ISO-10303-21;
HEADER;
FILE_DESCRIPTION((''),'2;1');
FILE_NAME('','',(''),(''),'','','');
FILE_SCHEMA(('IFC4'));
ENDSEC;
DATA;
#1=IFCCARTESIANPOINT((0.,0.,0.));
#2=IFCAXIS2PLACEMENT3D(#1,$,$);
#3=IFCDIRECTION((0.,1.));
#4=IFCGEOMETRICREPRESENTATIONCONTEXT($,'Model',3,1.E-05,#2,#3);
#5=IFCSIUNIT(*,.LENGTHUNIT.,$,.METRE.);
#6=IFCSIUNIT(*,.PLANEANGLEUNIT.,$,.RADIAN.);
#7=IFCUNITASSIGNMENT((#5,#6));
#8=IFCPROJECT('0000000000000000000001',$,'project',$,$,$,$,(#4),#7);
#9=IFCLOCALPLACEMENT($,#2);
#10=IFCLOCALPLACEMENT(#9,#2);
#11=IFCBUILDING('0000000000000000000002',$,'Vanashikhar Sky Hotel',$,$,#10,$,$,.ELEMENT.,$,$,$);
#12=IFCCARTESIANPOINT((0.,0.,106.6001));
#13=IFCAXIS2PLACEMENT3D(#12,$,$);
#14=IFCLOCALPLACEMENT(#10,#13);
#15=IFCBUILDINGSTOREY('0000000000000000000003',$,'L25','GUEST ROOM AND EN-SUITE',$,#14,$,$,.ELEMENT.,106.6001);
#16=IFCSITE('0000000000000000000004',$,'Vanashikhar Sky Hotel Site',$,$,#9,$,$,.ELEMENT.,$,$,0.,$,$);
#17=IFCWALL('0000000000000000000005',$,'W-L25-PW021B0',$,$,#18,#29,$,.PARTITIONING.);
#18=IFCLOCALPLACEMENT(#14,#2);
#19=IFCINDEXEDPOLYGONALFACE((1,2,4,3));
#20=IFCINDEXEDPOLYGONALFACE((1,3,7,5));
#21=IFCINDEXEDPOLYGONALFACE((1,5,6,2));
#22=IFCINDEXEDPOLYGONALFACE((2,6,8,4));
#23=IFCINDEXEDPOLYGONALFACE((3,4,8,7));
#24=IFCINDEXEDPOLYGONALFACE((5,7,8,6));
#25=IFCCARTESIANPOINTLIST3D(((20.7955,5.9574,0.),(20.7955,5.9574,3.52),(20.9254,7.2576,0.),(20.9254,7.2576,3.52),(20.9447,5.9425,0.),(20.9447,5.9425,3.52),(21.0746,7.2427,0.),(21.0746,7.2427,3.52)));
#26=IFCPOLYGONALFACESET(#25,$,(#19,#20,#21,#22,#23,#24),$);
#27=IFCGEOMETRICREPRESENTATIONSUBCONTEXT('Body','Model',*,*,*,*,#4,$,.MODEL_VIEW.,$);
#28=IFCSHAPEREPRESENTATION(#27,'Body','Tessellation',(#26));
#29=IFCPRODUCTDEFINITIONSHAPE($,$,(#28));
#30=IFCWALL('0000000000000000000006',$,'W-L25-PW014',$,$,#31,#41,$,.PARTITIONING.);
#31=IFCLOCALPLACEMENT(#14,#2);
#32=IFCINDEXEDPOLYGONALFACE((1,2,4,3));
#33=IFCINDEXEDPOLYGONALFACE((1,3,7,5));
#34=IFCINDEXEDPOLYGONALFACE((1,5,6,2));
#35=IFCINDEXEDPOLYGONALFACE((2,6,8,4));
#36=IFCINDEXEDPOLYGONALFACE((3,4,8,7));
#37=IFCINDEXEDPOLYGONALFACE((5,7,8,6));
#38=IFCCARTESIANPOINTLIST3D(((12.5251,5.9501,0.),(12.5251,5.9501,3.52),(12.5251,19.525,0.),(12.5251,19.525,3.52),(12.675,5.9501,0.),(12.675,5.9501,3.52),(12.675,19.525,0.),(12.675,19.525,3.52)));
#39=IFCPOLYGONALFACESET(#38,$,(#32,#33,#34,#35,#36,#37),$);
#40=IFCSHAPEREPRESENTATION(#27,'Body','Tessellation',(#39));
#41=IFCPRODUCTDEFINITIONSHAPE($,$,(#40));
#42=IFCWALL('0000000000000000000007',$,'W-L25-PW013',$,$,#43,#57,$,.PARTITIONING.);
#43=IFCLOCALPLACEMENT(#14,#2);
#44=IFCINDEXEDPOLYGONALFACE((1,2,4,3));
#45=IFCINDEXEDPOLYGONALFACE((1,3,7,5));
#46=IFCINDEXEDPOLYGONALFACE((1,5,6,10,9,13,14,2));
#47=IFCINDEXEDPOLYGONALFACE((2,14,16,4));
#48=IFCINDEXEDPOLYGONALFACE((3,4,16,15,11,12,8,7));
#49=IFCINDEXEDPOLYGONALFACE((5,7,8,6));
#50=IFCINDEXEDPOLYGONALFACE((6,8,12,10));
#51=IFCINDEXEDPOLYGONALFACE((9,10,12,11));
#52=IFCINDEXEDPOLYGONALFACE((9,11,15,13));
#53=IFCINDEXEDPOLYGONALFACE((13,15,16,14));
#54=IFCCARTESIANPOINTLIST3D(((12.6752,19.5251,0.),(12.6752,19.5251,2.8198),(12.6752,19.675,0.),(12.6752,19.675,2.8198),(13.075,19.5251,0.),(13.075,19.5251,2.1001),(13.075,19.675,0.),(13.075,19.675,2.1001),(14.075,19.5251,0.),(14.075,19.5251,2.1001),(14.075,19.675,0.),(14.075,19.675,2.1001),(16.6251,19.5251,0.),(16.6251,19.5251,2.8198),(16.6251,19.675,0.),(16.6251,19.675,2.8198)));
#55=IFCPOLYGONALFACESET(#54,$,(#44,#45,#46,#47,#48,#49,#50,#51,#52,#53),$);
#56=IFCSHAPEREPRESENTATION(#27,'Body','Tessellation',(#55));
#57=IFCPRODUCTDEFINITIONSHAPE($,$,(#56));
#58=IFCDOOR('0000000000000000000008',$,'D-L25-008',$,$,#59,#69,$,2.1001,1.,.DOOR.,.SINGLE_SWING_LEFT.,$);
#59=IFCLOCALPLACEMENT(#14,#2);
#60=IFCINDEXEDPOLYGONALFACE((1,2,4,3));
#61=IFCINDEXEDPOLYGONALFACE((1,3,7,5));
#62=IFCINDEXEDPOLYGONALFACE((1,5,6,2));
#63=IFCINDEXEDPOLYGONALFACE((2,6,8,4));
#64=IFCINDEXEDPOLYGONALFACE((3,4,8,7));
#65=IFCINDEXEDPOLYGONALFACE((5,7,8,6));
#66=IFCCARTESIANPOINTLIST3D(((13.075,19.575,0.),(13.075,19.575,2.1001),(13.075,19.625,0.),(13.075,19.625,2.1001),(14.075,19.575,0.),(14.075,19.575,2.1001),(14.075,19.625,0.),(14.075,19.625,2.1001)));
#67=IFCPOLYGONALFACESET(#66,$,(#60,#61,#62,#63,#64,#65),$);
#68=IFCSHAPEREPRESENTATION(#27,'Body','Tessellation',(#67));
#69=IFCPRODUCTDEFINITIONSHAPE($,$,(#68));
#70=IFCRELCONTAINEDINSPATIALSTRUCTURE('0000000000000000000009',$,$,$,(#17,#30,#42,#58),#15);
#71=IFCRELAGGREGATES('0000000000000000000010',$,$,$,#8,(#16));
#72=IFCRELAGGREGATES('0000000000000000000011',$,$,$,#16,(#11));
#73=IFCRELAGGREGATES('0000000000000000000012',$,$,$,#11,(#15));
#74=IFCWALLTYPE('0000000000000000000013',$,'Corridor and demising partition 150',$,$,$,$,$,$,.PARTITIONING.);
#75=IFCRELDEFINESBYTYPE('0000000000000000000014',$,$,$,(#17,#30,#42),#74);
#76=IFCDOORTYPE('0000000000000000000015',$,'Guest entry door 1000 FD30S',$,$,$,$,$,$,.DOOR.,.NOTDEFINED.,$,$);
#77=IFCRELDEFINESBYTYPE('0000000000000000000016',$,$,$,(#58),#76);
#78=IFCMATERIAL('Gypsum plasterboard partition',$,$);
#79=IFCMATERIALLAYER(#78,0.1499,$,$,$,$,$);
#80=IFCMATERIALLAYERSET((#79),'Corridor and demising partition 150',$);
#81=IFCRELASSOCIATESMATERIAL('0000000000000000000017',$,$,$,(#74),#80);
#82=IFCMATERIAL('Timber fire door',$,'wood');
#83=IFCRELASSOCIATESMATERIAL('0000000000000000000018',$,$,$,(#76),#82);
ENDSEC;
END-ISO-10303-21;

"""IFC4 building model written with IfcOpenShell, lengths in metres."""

from ifc_helpers import new_model, si_unit, direction, frame, frame_2d, origin, place, context, subcontext, project, spatial, rectangle, extrude, source, transform, mapped, material, layer, layer_set, type_object, element, fill, save


model = new_model("IFC4")

# Units and contexts
model_context = context("Model", 3, precision=1e-05, world=origin(), true_north=direction((0.0, 1.0)))
body_context = subcontext(model_context, "Body", "Model", "MODEL_VIEW")
ifc_project = project(units=[si_unit("LENGTHUNIT", "METRE"), si_unit("PLANEANGLEUNIT", "RADIAN")], contexts=[model_context])

# Site, building, storey
site_placement = place(None, origin())
site = spatial("IfcSite", under=ifc_project, at=site_placement, Name="Vanashikhar Sky Hotel Site", CompositionType="ELEMENT", RefElevation=0.0)
building_placement = place(site_placement, origin())
building = spatial("IfcBuilding", under=site, at=building_placement, Name="Vanashikhar Sky Hotel", CompositionType="ELEMENT")
storey_placement = place(building_placement, frame((0.0, 0.0, 106.6001)))
storey = spatial("IfcBuildingStorey", under=building, at=storey_placement, Name="L25", Description="GUEST ROOM AND EN-SUITE", CompositionType="ELEMENT", Elevation=106.6001)

# Shared definitions
ifc_material_1 = material(Name="Gypsum plasterboard partition")

# Walls
ifc_layer_1 = layer(ifc_material_1, 0.1499)
ifc_layer_set_1 = layer_set([ifc_layer_1], Name="Corridor and demising partition 150")
wall_type_1 = type_object("IfcWallType", Name="Corridor and demising partition 150", PredefinedType="PARTITIONING", material=ifc_layer_set_1)
shared_shape_1 = source(origin(), body_context, "Body", "SweptSolid", [
    extrude(rectangle(XDim=1.3066, YDim=0.1499, at=frame_2d((0.6533, 0.0))), origin(), (0.0, 0.0, 1.0), 3.52),
])
wall_1_placement = place(storey_placement, frame((20.8701, 5.95, 0.0), z_axis=(0.0, 0.0, 1.0), x_axis=(0.099411, 0.995046, 0.0)))
element("IfcWall", 1, at=wall_1_placement, inside=storey, type_object=wall_type_1, Name="W-L25-PW021B0", PredefinedType="PARTITIONING", context=body_context, shape_type="MappedRepresentation", body=[
    mapped(shared_shape_1, transform((0.0, 0.0, 0.0), scale=1.0)),
])
shared_shape_2 = source(origin(), body_context, "Body", "SweptSolid", [
    extrude(rectangle(XDim=13.575, YDim=0.1499, at=frame_2d((6.7876, 0.0))), origin(), (0.0, 0.0, 1.0), 3.52),
])
wall_2_placement = place(storey_placement, frame((12.6001, 5.95, 0.0), z_axis=(0.0, 0.0, 1.0), x_axis=(0.0, 1.0, 0.0)))
element("IfcWall", 2, at=wall_2_placement, inside=storey, type_object=wall_type_1, Name="W-L25-PW014", PredefinedType="PARTITIONING", context=body_context, shape_type="MappedRepresentation", body=[
    mapped(shared_shape_2, transform((0.0, 0.0, 0.0), scale=1.0)),
])

# Wall, opening, door
shared_shape_3 = source(origin(), body_context, "Body", "SweptSolid", [
    extrude(rectangle(XDim=3.95, YDim=0.1499, at=frame_2d((1.9751, 0.0))), origin(), (0.0, 0.0, 1.0), 2.8198),
])
wall_3_placement = place(storey_placement, frame((12.675, 19.6001, 0.0), z_axis=(0.0, 0.0, 1.0), x_axis=(1.0, 0.0, 0.0)))
wall_3 = element("IfcWall", 3, at=wall_3_placement, inside=storey, type_object=wall_type_1, Name="W-L25-PW013", PredefinedType="PARTITIONING", context=body_context, shape_type="MappedRepresentation", body=[
    mapped(shared_shape_3, transform((0.0, 0.0, 0.0), scale=1.0)),
])
shared_shape_4 = source(origin(), body_context, "Body", "SweptSolid", [
    extrude(rectangle(XDim=1.0, YDim=2.1001, at=frame_2d((0.5, 1.05))), frame((0.0, 0.085, 0.0), z_axis=(0.0, -1.0, 0.0), x_axis=(1.0, 0.0, 0.0)), (0.0, 0.0, 1.0), 0.1699),
])
opening_1_placement = place(wall_3_placement, frame((0.3999, 0.0, 0.0)))
opening_1 = element("IfcOpeningElement", 4, at=opening_1_placement, cuts=wall_3, PredefinedType="OPENING", context=body_context, shape_type="MappedRepresentation", body=[
    mapped(shared_shape_4, transform((0.0, 0.0, 0.0), scale=1.0)),
])
ifc_material_2 = material(Name="Timber fire door", Category="wood")
door_type_1 = type_object("IfcDoorType", Name="Guest entry door 1000 FD30S", OperationType="NOTDEFINED", PredefinedType="DOOR", material=ifc_material_2)
shared_shape_5 = source(origin(), body_context, "Body", "SweptSolid", [
    extrude(rectangle(XDim=1.0, YDim=2.1001, at=frame_2d((0.5, 1.05))), frame((0.0, 0.0249, 0.0), z_axis=(0.0, -1.0, 0.0), x_axis=(1.0, 0.0, 0.0)), (0.0, 0.0, 1.0), 0.05),
])
door_1_placement = place(opening_1_placement, origin())
door_1 = element("IfcDoor", 5, at=door_1_placement, inside=storey, type_object=door_type_1, Name="D-L25-008", OperationType="SINGLE_SWING_LEFT", OverallHeight=2.1001, OverallWidth=1.0, PredefinedType="DOOR", context=body_context, shape_type="MappedRepresentation", body=[
    mapped(shared_shape_5, transform((0.0, 0.0, 0.0), scale=1.0)),
])
fill(opening_1, door_1)

save(model, "model.ifc")
